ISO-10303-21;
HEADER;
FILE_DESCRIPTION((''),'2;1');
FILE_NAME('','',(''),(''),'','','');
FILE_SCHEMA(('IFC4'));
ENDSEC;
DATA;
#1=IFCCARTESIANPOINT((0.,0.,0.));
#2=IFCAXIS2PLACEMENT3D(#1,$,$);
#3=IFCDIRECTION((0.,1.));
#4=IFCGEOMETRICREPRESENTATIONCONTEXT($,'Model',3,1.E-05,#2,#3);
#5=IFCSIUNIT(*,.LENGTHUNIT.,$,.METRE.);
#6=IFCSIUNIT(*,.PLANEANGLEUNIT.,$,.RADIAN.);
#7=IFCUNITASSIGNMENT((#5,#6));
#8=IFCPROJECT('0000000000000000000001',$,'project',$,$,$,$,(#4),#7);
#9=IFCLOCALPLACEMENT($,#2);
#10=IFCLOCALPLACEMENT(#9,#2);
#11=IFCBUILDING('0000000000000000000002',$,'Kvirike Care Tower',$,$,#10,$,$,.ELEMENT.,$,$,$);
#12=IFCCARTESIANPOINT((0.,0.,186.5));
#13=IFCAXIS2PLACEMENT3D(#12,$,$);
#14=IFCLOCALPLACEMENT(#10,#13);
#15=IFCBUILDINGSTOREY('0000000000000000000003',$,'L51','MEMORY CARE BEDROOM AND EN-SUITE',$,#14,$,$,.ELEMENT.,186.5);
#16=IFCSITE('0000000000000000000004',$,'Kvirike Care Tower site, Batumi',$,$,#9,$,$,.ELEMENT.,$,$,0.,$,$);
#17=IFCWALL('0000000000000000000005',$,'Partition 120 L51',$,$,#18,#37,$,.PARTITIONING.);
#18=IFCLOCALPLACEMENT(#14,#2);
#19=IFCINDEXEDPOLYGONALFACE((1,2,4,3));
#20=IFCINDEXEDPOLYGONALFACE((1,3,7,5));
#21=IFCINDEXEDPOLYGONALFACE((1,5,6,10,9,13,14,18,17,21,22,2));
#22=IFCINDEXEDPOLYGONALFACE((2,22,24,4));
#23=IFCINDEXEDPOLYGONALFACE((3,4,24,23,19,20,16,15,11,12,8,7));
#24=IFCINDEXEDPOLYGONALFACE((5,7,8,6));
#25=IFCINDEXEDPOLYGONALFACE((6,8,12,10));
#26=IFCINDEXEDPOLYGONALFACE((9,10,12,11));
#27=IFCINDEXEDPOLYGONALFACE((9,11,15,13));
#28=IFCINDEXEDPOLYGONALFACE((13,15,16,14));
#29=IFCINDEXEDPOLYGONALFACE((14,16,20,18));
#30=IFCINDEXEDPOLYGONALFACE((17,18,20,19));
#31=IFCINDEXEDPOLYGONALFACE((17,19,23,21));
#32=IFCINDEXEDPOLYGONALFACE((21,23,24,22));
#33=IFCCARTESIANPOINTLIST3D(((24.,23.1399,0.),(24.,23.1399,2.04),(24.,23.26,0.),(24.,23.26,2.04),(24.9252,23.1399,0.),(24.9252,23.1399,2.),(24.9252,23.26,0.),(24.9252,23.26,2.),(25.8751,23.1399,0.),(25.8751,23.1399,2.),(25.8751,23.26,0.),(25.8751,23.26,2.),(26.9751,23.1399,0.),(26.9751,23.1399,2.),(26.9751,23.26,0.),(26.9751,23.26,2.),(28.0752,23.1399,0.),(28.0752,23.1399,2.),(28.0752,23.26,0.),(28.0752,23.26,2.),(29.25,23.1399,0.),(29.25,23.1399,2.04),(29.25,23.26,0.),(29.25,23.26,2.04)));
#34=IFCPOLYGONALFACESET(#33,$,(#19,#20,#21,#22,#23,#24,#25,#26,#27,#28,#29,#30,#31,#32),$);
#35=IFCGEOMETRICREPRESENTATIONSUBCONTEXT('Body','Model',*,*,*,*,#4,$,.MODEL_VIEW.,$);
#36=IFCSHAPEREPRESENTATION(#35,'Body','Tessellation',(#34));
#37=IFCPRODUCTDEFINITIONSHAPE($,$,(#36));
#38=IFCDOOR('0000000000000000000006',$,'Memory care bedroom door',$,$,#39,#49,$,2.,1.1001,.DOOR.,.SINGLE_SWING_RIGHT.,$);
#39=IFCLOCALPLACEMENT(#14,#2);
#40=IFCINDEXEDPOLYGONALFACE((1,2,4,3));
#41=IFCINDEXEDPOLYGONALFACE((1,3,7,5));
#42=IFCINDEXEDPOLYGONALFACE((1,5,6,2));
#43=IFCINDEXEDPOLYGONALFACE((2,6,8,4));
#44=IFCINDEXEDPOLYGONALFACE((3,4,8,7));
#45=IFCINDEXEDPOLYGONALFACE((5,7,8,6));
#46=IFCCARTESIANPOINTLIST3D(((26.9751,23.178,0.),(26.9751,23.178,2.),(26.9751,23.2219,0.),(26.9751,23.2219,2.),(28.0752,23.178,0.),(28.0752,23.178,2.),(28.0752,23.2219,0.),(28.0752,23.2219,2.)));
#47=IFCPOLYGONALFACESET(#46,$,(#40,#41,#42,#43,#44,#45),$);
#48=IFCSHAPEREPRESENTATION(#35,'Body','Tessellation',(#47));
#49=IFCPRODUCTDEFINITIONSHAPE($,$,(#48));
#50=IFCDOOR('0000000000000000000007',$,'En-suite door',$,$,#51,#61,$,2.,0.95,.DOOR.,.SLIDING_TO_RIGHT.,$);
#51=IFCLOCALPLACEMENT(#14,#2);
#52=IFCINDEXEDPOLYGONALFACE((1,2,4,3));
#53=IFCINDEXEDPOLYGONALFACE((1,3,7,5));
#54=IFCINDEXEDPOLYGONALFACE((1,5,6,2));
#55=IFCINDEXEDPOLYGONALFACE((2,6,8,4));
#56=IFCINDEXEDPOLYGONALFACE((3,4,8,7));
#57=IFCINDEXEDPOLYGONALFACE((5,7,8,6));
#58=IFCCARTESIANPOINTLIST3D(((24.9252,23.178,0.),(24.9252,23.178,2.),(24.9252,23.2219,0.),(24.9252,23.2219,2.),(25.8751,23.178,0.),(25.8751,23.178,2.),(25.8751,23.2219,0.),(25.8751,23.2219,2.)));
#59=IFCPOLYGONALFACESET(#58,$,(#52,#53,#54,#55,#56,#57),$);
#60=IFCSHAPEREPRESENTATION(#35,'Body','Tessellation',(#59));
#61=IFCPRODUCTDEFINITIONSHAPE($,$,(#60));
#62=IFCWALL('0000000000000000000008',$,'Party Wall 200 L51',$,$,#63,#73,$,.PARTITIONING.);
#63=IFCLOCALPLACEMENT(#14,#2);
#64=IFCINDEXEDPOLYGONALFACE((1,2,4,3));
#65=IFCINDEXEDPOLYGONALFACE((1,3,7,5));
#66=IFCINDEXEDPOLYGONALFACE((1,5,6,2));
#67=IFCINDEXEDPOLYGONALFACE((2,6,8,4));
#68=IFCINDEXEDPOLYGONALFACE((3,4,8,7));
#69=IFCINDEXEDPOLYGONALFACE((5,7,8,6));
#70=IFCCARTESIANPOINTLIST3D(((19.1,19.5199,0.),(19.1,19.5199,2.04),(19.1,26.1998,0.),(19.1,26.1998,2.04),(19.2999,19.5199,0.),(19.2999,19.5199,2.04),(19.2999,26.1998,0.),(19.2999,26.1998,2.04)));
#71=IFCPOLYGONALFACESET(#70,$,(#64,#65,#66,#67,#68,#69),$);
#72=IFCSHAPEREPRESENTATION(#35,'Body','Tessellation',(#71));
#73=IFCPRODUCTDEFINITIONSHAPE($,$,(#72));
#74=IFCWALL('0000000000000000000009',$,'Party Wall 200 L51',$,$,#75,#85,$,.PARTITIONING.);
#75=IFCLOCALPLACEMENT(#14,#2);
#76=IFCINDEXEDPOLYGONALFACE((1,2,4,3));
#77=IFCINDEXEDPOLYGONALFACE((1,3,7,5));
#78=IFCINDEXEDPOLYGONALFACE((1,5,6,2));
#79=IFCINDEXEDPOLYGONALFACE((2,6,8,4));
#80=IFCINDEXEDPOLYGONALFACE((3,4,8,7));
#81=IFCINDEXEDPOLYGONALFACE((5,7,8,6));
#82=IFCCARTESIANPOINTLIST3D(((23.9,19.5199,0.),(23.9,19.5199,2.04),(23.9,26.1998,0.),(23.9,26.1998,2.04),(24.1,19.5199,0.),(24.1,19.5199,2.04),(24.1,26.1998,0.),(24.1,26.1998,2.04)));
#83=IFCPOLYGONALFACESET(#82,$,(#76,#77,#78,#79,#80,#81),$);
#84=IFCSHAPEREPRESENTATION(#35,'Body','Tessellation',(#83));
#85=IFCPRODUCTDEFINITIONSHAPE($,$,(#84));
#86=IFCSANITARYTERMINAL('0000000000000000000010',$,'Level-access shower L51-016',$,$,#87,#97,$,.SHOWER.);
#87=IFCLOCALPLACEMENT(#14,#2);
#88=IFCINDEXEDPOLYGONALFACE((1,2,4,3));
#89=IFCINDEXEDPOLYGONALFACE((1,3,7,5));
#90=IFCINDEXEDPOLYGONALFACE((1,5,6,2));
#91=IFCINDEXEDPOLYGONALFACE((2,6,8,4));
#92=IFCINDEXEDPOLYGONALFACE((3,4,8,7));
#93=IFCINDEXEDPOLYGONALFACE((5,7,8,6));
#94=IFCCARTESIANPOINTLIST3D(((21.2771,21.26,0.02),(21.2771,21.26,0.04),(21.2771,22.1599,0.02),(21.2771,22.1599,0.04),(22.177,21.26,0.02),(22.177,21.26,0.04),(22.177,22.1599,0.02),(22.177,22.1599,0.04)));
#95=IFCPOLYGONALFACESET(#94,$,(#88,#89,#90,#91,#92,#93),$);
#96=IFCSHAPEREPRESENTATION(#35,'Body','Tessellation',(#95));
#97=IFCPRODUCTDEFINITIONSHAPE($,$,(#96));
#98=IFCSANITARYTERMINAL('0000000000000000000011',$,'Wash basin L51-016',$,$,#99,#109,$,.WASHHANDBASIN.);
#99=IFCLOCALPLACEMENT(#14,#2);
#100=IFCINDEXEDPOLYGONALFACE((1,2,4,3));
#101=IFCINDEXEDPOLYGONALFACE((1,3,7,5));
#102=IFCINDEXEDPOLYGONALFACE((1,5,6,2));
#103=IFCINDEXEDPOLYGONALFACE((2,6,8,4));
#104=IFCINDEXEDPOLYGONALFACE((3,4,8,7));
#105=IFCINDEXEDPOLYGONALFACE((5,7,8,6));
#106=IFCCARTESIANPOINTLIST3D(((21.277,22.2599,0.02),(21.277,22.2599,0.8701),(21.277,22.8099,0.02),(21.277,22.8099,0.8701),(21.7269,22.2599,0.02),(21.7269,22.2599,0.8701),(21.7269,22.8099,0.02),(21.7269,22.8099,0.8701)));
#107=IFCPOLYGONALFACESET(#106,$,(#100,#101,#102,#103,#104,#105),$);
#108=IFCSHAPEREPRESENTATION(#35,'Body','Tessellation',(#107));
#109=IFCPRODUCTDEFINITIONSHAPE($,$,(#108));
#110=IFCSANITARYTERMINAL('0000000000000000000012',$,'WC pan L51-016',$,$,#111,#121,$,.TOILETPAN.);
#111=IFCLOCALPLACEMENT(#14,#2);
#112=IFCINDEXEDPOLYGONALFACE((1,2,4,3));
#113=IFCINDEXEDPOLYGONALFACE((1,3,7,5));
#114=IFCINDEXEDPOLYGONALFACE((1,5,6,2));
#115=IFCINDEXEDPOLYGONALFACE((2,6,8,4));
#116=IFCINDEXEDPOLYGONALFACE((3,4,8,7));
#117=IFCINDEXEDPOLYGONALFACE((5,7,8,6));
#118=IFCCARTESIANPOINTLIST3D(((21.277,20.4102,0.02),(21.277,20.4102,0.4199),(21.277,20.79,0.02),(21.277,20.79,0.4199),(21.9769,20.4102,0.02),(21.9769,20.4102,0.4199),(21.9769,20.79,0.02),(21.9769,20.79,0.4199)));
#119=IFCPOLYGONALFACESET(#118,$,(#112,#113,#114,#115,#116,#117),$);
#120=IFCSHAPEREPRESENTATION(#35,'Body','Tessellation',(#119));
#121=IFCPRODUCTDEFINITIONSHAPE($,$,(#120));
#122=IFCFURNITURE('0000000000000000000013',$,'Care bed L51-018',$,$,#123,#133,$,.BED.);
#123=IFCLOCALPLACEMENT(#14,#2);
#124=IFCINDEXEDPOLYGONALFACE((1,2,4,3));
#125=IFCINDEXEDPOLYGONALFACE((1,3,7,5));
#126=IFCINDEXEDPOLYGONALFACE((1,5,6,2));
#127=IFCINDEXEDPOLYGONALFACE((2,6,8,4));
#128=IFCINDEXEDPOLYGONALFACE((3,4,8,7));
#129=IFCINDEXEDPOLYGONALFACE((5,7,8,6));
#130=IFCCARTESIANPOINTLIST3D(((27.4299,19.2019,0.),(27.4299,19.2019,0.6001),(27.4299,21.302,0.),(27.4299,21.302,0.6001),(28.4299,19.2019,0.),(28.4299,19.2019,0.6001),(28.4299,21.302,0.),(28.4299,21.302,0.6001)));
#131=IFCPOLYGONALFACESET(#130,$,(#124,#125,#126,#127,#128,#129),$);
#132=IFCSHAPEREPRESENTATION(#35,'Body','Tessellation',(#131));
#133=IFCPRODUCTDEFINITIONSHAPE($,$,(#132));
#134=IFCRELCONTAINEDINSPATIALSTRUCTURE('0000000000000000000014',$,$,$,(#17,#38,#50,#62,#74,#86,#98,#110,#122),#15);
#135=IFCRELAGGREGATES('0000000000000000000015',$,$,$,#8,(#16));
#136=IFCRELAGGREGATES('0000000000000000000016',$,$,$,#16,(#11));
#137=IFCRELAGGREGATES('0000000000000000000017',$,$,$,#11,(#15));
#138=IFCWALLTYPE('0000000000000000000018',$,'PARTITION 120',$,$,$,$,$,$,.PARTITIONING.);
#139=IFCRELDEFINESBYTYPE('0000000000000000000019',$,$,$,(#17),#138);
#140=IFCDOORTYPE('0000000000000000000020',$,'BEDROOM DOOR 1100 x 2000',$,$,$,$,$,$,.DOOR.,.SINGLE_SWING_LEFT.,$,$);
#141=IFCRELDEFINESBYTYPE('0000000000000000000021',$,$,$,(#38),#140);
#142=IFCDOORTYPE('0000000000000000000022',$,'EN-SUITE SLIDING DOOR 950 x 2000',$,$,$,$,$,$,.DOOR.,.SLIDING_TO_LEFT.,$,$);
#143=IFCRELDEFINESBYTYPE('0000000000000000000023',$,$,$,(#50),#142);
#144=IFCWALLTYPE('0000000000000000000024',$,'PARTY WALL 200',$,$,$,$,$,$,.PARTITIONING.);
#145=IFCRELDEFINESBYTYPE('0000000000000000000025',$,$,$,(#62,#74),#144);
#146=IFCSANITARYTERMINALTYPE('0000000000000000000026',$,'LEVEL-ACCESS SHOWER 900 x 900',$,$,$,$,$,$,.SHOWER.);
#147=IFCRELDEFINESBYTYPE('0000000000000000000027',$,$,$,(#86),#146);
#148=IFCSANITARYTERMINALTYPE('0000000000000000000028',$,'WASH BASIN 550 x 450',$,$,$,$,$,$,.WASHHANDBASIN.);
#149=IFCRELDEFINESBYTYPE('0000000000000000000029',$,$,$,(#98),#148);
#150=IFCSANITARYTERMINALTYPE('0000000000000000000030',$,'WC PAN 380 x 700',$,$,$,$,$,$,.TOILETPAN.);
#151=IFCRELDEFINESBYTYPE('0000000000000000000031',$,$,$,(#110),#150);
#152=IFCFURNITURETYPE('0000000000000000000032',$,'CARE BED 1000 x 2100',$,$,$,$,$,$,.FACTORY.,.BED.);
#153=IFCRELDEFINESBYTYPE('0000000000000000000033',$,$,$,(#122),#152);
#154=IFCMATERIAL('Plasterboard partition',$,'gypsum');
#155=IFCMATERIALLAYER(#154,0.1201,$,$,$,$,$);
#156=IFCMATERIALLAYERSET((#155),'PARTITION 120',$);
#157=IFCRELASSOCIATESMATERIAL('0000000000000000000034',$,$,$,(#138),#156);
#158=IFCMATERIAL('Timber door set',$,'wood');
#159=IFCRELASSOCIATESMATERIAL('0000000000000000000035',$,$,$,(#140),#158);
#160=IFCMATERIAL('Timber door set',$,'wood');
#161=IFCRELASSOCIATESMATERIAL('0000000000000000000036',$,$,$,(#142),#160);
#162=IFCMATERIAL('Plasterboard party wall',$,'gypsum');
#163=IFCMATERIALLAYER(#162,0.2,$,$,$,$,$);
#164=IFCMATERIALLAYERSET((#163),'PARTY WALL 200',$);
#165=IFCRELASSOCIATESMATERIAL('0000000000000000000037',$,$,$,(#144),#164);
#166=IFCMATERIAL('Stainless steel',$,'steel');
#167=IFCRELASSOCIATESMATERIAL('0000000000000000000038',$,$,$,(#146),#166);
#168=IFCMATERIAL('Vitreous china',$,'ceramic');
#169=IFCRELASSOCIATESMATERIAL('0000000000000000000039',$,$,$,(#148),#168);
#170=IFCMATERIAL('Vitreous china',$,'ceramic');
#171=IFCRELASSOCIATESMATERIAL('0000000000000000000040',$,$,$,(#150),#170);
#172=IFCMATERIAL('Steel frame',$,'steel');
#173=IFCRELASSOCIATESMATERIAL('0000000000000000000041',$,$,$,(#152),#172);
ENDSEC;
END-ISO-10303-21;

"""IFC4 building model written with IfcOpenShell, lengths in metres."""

from ifc_helpers import new_model, si_unit, direction, frame, frame_2d, origin, origin_2d, place, context, subcontext, project, spatial, rectangle, extrude, material, layer, layer_set, type_object, element, fill, save


model = new_model("IFC4")

# Units and contexts
model_context = context("Model", 3, precision=1e-05, world=origin(), true_north=direction((0.0, 1.0)))
body_context = subcontext(model_context, "Body", "Model", "MODEL_VIEW")
ifc_project = project(units=[si_unit("LENGTHUNIT", "METRE"), si_unit("PLANEANGLEUNIT", "RADIAN")], contexts=[model_context])

# Site, building, storey
site_placement = place(None, origin())
site = spatial("IfcSite", under=ifc_project, at=site_placement, Name="Kvirike Care Tower site, Batumi", CompositionType="ELEMENT", RefElevation=0.0)
building_placement = place(site_placement, origin())
building = spatial("IfcBuilding", under=site, at=building_placement, Name="Kvirike Care Tower", CompositionType="ELEMENT")
storey_placement = place(building_placement, frame((0.0, 0.0, 186.5)))
storey = spatial("IfcBuildingStorey", under=building, at=storey_placement, Name="L51", Description="MEMORY CARE BEDROOM AND EN-SUITE", CompositionType="ELEMENT", Elevation=186.5)

# Wall, openings, doors
ifc_material_1 = material(Name="Plasterboard partition", Category="gypsum")
ifc_layer_1 = layer(ifc_material_1, 0.1201)
ifc_layer_set_1 = layer_set([ifc_layer_1], Name="PARTITION 120")
wall_type_1 = type_object("IfcWallType", Name="PARTITION 120", PredefinedType="PARTITIONING", material=ifc_layer_set_1)
wall_1_placement = place(storey_placement, frame((24.0, 23.2, 0.0), z_axis=(0.0, 0.0, 1.0), x_axis=(1.0, 0.0, 0.0)))
wall_1 = element("IfcWall", 1, at=wall_1_placement, inside=storey, type_object=wall_type_1, Name="Partition 120 L51", PredefinedType="PARTITIONING", context=body_context, shape_type="SweptSolid", body=[
    extrude(rectangle(XDim=5.25, YDim=0.1201, at=frame_2d((2.625, 0.0))), origin(), (0.0, 0.0, 1.0), 2.04),
])
opening_1_placement = place(wall_1_placement, frame((2.9751, 0.0, 0.0)))
opening_1 = element("IfcOpeningElement", 2, at=opening_1_placement, cuts=wall_1, PredefinedType="OPENING", context=body_context, shape_type="SweptSolid", body=[
    extrude(rectangle(XDim=1.1001, YDim=2.0, at=frame_2d((0.55, 1.0))), frame((0.0, 0.0706, 0.0), z_axis=(0.0, -1.0, 0.0), x_axis=(1.0, 0.0, 0.0)), (0.0, 0.0, 1.0), 0.1411),
])
opening_2_placement = place(wall_1_placement, frame((0.925, 0.0, 0.0)))
opening_2 = element("IfcOpeningElement", 3, at=opening_2_placement, cuts=wall_1, PredefinedType="OPENING", context=body_context, shape_type="SweptSolid", body=[
    extrude(rectangle(XDim=0.95, YDim=2.0, at=frame_2d((0.4751, 1.0))), frame((0.0, 0.0706, 0.0), z_axis=(0.0, -1.0, 0.0), x_axis=(1.0, 0.0, 0.0)), (0.0, 0.0, 1.0), 0.1411),
])
ifc_material_2 = material(Name="Timber door set", Category="wood")
door_type_1 = type_object("IfcDoorType", Name="BEDROOM DOOR 1100 x 2000", OperationType="SINGLE_SWING_LEFT", PredefinedType="DOOR", material=ifc_material_2)
door_1_placement = place(opening_1_placement, origin())
door_1 = element("IfcDoor", 4, at=door_1_placement, inside=storey, type_object=door_type_1, Name="Memory care bedroom door", OperationType="SINGLE_SWING_RIGHT", OverallHeight=2.0, OverallWidth=1.1001, PredefinedType="DOOR", context=body_context, shape_type="SweptSolid", body=[
    extrude(rectangle(XDim=1.1001, YDim=2.0, at=frame_2d((0.55, 1.0))), frame((0.0, 0.022, 0.0), z_axis=(0.0, -1.0, 0.0), x_axis=(1.0, 0.0, 0.0)), (0.0, 0.0, 1.0), 0.0439),
])
fill(opening_1, door_1)
ifc_material_3 = material(Name="Timber door set", Category="wood")
door_type_2 = type_object("IfcDoorType", Name="EN-SUITE SLIDING DOOR 950 x 2000", OperationType="SLIDING_TO_LEFT", PredefinedType="DOOR", material=ifc_material_3)
door_2_placement = place(opening_2_placement, origin())
door_2 = element("IfcDoor", 5, at=door_2_placement, inside=storey, type_object=door_type_2, Name="En-suite door", OperationType="SLIDING_TO_RIGHT", OverallHeight=2.0, OverallWidth=0.95, PredefinedType="DOOR", context=body_context, shape_type="SweptSolid", body=[
    extrude(rectangle(XDim=0.95, YDim=2.0, at=frame_2d((0.4751, 1.0))), frame((0.0, 0.022, 0.0), z_axis=(0.0, -1.0, 0.0), x_axis=(1.0, 0.0, 0.0)), (0.0, 0.0, 1.0), 0.0439),
])
fill(opening_2, door_2)

# Walls
ifc_material_4 = material(Name="Plasterboard party wall", Category="gypsum")
ifc_layer_2 = layer(ifc_material_4, 0.2)
ifc_layer_set_2 = layer_set([ifc_layer_2], Name="PARTY WALL 200")
wall_type_2 = type_object("IfcWallType", Name="PARTY WALL 200", PredefinedType="PARTITIONING", material=ifc_layer_set_2)
for number, where, z_axis, x_axis, name in (
    (6, (19.2, 19.52, 0.0), (0.0, 0.0, 1.0), (0.0, 1.0, 0.0), "Party Wall 200 L51"),
    (7, (24.0, 19.52, 0.0), (0.0, 0.0, 1.0), (0.0, 1.0, 0.0), "Party Wall 200 L51"),
):
    element("IfcWall", number, at=place(storey_placement, frame(where, z_axis=z_axis, x_axis=x_axis)), inside=storey, type_object=wall_type_2, Name=name, PredefinedType="PARTITIONING", context=body_context, shape_type="SweptSolid", body=[
        extrude(rectangle(XDim=6.6799, YDim=0.2, at=frame_2d((3.3398, 0.0))), origin(), (0.0, 0.0, 1.0), 2.04),
    ])

# Sanitary terminals
ifc_material_5 = material(Name="Stainless steel", Category="steel")
sanitary_terminal_type_1 = type_object("IfcSanitaryTerminalType", Name="LEVEL-ACCESS SHOWER 900 x 900", PredefinedType="SHOWER", material=ifc_material_5)
sanitary_terminal_1_placement = place(storey_placement, frame((21.7271, 21.71, 0.02), z_axis=(0.0, 0.0, 1.0), x_axis=(0.0, 1.0, 0.0)))
element("IfcSanitaryTerminal", 8, at=sanitary_terminal_1_placement, inside=storey, type_object=sanitary_terminal_type_1, Name="Level-access shower L51-016", PredefinedType="SHOWER", context=body_context, shape_type="SweptSolid", body=[
    extrude(rectangle(XDim=0.8999, YDim=0.8999, at=origin_2d()), origin(), (0.0, 0.0, 1.0), 0.02),
])
ifc_material_6 = material(Name="Vitreous china", Category="ceramic")
sanitary_terminal_type_2 = type_object("IfcSanitaryTerminalType", Name="WASH BASIN 550 x 450", PredefinedType="WASHHANDBASIN", material=ifc_material_6)
sanitary_terminal_2_placement = place(storey_placement, frame((21.502, 22.5349, 0.02), z_axis=(0.0, 0.0, 1.0), x_axis=(0.0, 1.0, 0.0)))
element("IfcSanitaryTerminal", 9, at=sanitary_terminal_2_placement, inside=storey, type_object=sanitary_terminal_type_2, Name="Wash basin L51-016", PredefinedType="WASHHANDBASIN", context=body_context, shape_type="SweptSolid", body=[
    extrude(rectangle(XDim=0.55, YDim=0.45, at=origin_2d()), origin(), (0.0, 0.0, 1.0), 0.8501),
])
ifc_material_7 = material(Name="Vitreous china", Category="ceramic")
sanitary_terminal_type_3 = type_object("IfcSanitaryTerminalType", Name="WC PAN 380 x 700", PredefinedType="TOILETPAN", material=ifc_material_7)
sanitary_terminal_3_placement = place(storey_placement, frame((21.627, 20.6001, 0.02), z_axis=(0.0, 0.0, 1.0), x_axis=(0.0, 1.0, 0.0)))
element("IfcSanitaryTerminal", 10, at=sanitary_terminal_3_placement, inside=storey, type_object=sanitary_terminal_type_3, Name="WC pan L51-016", PredefinedType="TOILETPAN", context=body_context, shape_type="SweptSolid", body=[
    extrude(rectangle(XDim=0.3799, YDim=0.7, at=origin_2d()), origin(), (0.0, 0.0, 1.0), 0.3999),
])

# Furniture
ifc_material_8 = material(Name="Steel frame", Category="steel")
furniture_type = type_object("IfcFurnitureType", Name="CARE BED 1000 x 2100", AssemblyPlace="FACTORY", PredefinedType="BED", material=ifc_material_8)
furniture_placement = place(storey_placement, frame((27.9299, 20.252, 0.0), z_axis=(0.0, 0.0, 1.0), x_axis=(-1.0, 0.0, 0.0)))
element("IfcFurniture", 11, at=furniture_placement, inside=storey, type_object=furniture_type, Name="Care bed L51-018", PredefinedType="BED", context=body_context, shape_type="SweptSolid", body=[
    extrude(rectangle(XDim=1.0, YDim=2.1001, at=origin_2d()), origin(), (0.0, 0.0, 1.0), 0.6001),
])

save(model, "model.ifc")
